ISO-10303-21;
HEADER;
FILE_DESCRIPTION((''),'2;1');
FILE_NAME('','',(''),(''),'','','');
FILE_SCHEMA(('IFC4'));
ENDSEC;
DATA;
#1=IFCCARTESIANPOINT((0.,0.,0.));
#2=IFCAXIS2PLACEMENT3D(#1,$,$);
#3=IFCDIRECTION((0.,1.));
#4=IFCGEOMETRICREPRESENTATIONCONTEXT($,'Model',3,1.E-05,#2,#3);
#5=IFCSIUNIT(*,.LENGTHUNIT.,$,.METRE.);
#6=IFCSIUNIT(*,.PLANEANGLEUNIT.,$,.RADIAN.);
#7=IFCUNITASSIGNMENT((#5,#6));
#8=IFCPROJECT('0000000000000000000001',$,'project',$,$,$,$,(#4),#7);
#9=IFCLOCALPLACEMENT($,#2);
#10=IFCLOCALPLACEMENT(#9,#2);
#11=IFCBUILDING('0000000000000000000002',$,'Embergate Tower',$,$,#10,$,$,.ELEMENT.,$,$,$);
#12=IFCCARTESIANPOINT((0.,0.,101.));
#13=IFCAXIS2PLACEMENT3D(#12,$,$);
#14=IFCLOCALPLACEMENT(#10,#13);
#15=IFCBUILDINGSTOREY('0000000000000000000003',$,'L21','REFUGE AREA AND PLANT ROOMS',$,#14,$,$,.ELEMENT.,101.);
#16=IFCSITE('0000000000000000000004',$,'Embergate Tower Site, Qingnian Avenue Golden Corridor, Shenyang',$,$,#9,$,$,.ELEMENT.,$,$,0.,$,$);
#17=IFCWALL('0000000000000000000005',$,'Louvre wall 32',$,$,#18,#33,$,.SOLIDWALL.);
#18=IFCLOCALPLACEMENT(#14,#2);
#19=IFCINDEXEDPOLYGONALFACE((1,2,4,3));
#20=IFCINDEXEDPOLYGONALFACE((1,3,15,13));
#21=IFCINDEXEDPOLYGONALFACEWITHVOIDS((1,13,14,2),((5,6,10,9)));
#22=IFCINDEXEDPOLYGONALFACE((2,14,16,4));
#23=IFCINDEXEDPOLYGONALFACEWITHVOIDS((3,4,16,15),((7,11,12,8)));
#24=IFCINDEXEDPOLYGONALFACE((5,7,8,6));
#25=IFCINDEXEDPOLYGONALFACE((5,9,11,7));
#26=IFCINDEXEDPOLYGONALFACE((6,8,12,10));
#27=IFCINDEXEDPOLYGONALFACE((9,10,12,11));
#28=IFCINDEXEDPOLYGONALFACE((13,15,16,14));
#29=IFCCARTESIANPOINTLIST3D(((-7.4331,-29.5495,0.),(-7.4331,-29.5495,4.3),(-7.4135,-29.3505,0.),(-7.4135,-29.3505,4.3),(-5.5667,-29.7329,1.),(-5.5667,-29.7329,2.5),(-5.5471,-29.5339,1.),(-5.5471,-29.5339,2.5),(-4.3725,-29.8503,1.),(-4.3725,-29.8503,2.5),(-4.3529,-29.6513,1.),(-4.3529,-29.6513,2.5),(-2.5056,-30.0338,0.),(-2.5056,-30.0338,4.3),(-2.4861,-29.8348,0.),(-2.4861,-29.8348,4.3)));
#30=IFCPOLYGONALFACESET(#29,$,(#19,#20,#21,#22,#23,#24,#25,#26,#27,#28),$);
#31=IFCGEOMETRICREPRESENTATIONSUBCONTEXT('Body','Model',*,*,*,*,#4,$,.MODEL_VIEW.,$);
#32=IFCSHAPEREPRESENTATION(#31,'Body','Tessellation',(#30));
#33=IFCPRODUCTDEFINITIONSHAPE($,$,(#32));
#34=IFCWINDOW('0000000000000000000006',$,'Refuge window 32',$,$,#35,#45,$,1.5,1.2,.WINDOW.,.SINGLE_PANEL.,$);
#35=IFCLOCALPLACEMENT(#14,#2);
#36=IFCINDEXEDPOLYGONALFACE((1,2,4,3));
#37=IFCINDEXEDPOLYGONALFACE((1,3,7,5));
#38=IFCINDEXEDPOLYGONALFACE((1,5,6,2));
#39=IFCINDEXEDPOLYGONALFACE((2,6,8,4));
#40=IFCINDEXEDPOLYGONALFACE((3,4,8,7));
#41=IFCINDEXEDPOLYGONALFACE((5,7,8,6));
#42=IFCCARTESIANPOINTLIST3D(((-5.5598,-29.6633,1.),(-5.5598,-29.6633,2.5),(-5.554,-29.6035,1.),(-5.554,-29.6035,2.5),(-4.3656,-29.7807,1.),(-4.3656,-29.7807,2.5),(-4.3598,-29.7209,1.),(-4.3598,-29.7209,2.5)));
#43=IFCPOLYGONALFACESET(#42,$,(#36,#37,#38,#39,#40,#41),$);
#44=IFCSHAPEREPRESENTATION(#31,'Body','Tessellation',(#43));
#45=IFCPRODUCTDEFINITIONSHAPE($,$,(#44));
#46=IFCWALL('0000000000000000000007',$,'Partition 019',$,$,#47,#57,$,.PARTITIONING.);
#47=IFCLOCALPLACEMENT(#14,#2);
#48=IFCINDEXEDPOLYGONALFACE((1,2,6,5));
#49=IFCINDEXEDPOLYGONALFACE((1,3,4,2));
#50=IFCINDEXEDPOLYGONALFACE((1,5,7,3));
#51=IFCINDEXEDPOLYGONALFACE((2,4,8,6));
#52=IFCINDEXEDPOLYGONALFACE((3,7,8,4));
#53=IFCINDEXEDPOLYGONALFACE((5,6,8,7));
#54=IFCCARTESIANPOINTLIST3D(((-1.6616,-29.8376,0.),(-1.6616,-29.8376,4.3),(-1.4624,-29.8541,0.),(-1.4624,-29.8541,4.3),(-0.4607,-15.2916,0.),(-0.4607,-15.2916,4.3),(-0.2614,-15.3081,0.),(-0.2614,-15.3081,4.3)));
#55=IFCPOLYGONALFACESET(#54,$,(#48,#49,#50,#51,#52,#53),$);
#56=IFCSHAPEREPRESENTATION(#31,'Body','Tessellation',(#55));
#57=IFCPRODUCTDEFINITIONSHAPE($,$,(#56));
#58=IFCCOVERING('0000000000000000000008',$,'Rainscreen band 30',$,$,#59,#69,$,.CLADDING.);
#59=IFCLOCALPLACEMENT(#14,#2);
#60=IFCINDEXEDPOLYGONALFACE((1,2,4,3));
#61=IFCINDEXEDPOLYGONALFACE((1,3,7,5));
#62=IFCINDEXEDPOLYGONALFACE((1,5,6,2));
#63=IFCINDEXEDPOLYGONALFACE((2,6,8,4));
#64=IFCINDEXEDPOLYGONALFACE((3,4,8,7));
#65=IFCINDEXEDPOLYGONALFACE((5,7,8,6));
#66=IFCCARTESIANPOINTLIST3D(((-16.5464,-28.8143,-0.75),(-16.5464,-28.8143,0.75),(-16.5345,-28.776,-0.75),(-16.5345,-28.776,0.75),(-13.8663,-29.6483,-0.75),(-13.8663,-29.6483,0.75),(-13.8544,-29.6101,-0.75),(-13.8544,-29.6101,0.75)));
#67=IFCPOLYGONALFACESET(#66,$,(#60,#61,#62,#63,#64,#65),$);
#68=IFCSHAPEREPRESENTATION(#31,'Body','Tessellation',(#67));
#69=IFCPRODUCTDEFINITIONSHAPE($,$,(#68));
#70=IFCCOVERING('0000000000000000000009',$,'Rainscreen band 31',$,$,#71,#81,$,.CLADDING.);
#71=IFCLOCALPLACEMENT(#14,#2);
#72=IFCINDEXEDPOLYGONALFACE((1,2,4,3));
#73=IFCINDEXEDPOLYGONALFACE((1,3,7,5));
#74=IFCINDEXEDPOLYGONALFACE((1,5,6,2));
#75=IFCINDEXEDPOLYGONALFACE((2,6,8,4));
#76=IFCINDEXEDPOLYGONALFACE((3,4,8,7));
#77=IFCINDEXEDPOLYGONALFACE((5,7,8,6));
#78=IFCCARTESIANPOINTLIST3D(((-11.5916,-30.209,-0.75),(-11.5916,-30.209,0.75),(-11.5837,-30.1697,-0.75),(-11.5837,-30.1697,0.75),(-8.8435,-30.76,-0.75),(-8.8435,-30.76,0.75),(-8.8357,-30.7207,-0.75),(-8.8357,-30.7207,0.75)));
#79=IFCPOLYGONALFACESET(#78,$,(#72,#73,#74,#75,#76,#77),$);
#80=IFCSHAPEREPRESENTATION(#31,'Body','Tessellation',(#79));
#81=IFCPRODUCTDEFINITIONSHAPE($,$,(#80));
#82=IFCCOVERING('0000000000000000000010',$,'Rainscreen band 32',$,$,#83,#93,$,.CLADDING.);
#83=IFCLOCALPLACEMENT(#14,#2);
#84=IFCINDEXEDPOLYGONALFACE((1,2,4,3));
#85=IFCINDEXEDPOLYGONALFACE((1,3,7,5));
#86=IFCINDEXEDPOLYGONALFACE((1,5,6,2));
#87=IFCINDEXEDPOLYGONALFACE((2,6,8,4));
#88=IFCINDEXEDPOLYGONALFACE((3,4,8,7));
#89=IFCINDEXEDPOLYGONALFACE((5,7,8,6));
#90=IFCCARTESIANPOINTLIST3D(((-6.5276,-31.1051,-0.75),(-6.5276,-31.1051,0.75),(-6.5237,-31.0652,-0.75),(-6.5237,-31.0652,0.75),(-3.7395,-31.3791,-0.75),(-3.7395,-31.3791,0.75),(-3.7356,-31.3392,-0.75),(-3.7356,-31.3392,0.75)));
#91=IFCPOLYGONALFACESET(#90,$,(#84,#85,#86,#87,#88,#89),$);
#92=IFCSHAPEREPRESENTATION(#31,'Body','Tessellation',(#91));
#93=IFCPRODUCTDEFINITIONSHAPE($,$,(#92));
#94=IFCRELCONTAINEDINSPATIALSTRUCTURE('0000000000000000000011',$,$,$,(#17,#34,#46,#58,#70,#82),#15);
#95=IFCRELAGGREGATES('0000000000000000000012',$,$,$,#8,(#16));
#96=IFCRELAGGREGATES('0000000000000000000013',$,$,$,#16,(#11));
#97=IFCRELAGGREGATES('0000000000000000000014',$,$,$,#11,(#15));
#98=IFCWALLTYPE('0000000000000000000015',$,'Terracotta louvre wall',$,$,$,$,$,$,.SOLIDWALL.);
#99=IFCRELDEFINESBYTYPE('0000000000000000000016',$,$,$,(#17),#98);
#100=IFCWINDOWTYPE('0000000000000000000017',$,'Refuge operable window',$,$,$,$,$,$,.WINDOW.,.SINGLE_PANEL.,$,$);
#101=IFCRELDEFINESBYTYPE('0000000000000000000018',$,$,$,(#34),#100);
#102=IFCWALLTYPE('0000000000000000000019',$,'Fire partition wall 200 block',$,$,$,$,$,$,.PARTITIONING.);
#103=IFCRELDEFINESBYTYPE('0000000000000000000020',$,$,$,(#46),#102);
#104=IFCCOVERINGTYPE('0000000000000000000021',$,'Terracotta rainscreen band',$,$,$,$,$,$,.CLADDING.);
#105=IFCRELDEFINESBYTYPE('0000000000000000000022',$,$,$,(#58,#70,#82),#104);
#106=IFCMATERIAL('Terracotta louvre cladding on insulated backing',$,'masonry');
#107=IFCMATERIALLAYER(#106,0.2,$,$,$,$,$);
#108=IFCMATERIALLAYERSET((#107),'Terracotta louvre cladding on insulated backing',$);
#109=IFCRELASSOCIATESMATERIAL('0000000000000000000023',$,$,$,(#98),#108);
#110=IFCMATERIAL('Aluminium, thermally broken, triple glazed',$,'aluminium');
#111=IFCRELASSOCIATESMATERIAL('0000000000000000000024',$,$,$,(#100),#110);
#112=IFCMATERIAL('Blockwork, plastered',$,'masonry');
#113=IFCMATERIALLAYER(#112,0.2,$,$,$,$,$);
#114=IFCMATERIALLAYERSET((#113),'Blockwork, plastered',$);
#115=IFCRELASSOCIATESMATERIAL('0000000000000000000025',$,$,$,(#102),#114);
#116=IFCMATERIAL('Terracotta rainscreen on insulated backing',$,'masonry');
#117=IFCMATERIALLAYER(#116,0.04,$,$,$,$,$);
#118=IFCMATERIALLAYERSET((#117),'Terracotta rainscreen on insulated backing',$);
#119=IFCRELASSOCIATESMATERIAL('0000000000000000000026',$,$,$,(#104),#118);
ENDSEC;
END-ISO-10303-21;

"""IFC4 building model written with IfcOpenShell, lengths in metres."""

from ifc_helpers import new_model, si_unit, direction, frame, frame_2d, origin, origin_2d, place, context, subcontext, project, spatial, rectangle, extrude, source, transform, mapped, material, layer, layer_set, type_object, element, fill, save


model = new_model("IFC4")

# Units and contexts
model_context = context("Model", 3, precision=1e-05, world=origin(), true_north=direction((0.0, 1.0)))
body_context = subcontext(model_context, "Body", "Model", "MODEL_VIEW")
ifc_project = project(units=[si_unit("LENGTHUNIT", "METRE"), si_unit("PLANEANGLEUNIT", "RADIAN")], contexts=[model_context])

# Site, building, storey
site_placement = place(None, origin())
site = spatial("IfcSite", under=ifc_project, at=site_placement, Name="Embergate Tower Site, Qingnian Avenue Golden Corridor, Shenyang", CompositionType="ELEMENT", RefElevation=0.0)
building_placement = place(site_placement, origin())
building = spatial("IfcBuilding", under=site, at=building_placement, Name="Embergate Tower", CompositionType="ELEMENT")
storey_placement = place(building_placement, frame((0.0, 0.0, 101.0)))
storey = spatial("IfcBuildingStorey", under=building, at=storey_placement, Name="L21", Description="REFUGE AREA AND PLANT ROOMS", CompositionType="ELEMENT", Elevation=101.0)

# Wall, opening, window
ifc_material_1 = material(Name="Terracotta louvre cladding on insulated backing", Category="masonry")
ifc_layer_1 = layer(ifc_material_1, 0.2)
ifc_layer_set_1 = layer_set([ifc_layer_1], Name="Terracotta louvre cladding on insulated backing")
wall_type_1 = type_object("IfcWallType", Name="Terracotta louvre wall", PredefinedType="SOLIDWALL", material=ifc_layer_set_1)
shared_shape_1 = source(origin(), body_context, "Body", "SweptSolid", [
    extrude(rectangle(XDim=1.2, YDim=1.5, at=frame_2d((0.6001, 0.75))), frame((0.0, 0.1099, 0.0), z_axis=(0.0, -1.0, 0.0), x_axis=(1.0, 0.0, 0.0)), (0.0, 0.0, 1.0), 0.22),
])
ifc_material_2 = material(Name="Aluminium, thermally broken, triple glazed", Category="aluminium")
window_type = type_object("IfcWindowType", Name="Refuge operable window", PartitioningType="SINGLE_PANEL", PredefinedType="WINDOW", material=ifc_material_2)
shared_shape_2 = source(origin(), body_context, "Body", "SweptSolid", [
    extrude(rectangle(XDim=1.2, YDim=1.5, at=frame_2d((0.6001, 0.75))), frame((0.0, 0.03, 0.0), z_axis=(0.0, -1.0, 0.0), x_axis=(1.0, 0.0, 0.0)), (0.0, 0.0, 1.0), 0.0601),
])
shared_shape_3 = source(origin(), body_context, "Body", "SweptSolid", [
    extrude(rectangle(XDim=4.9512, YDim=0.2, at=frame_2d((2.4756, 0.0))), origin(), (0.0, 0.0, 1.0), 4.3),
])
wall_1_placement = place(storey_placement, frame((-2.4958, -29.9343, 0.0), z_axis=(0.0, 0.0, 1.0), x_axis=(-0.995203, 0.097829, 0.0)))
wall_1 = element("IfcWall", 1, at=wall_1_placement, inside=storey, type_object=wall_type_1, Name="Louvre wall 32", PredefinedType="SOLIDWALL", context=body_context, shape_type="MappedRepresentation", body=[
    mapped(shared_shape_3, transform((0.0, 0.0, 0.0))),
])
opening_1_placement = place(wall_1_placement, frame((1.8757, 0.0, 1.0)))
opening_1 = element("IfcOpeningElement", 2, at=opening_1_placement, cuts=wall_1, PredefinedType="OPENING", context=body_context, shape_type="MappedRepresentation", body=[
    mapped(shared_shape_1, transform((0.0, 0.0, 0.0))),
])
window_1_placement = place(opening_1_placement, origin())
window_1 = element("IfcWindow", 3, at=window_1_placement, inside=storey, type_object=window_type, Name="Refuge window 32", OverallHeight=1.5, OverallWidth=1.2, PartitioningType="SINGLE_PANEL", PredefinedType="WINDOW", context=body_context, shape_type="MappedRepresentation", body=[
    mapped(shared_shape_2, transform((0.0, 0.0, 0.0))),
])
fill(opening_1, window_1)

# Wall
ifc_material_3 = material(Name="Blockwork, plastered", Category="masonry")
ifc_layer_2 = layer(ifc_material_3, 0.2)
ifc_layer_set_2 = layer_set([ifc_layer_2], Name="Blockwork, plastered")
wall_type_2 = type_object("IfcWallType", Name="Fire partition wall 200 block", PredefinedType="PARTITIONING", material=ifc_layer_set_2)
shared_shape_4 = source(origin(), body_context, "Body", "SweptSolid", [
    extrude(rectangle(XDim=14.5955, YDim=0.2, at=frame_2d((7.2979, 0.0))), origin(), (0.0, 0.0, 1.0), 4.3),
])
wall_2_placement = place(storey_placement, frame((-1.562, -29.8459, 0.0), z_axis=(0.0, 0.0, 1.0), x_axis=(0.082281, 0.996609, 0.0)))
element("IfcWall", 4, at=wall_2_placement, inside=storey, type_object=wall_type_2, Name="Partition 019", PredefinedType="PARTITIONING", context=body_context, shape_type="MappedRepresentation", body=[
    mapped(shared_shape_4, transform((0.0, 0.0, 0.0))),
])

# Coverings
ifc_material_4 = material(Name="Terracotta rainscreen on insulated backing", Category="masonry")
ifc_layer_3 = layer(ifc_material_4, 0.04)
ifc_layer_set_3 = layer_set([ifc_layer_3], Name="Terracotta rainscreen on insulated backing")
covering_type = type_object("IfcCoveringType", Name="Terracotta rainscreen band", PredefinedType="CLADDING", material=ifc_layer_set_3)
shared_shape_5 = source(origin(), body_context, "Body", "SweptSolid", [
    extrude(rectangle(XDim=2.8069, YDim=0.04, at=origin_2d()), origin(), (0.0, 0.0, 1.0), 1.5),
])
covering_1_placement = place(storey_placement, frame((-15.2004, -29.2122, -0.75), z_axis=(0.0, 0.0, 1.0), x_axis=(0.954834, -0.297138, 0.0)))
element("IfcCovering", 5, at=covering_1_placement, inside=storey, type_object=covering_type, Name="Rainscreen band 30", PredefinedType="CLADDING", context=body_context, shape_type="MappedRepresentation", body=[
    mapped(shared_shape_5, transform((0.0, 0.0, 0.0))),
])
shared_shape_6 = source(origin(), body_context, "Body", "SweptSolid", [
    extrude(rectangle(XDim=2.8027, YDim=0.04, at=origin_2d()), origin(), (0.0, 0.0, 1.0), 1.5),
])
covering_2_placement = place(storey_placement, frame((-10.2136, -30.4648, -0.75), z_axis=(0.0, 0.0, 1.0), x_axis=(0.980484, -0.196596, 0.0)))
element("IfcCovering", 6, at=covering_2_placement, inside=storey, type_object=covering_type, Name="Rainscreen band 31", PredefinedType="CLADDING", context=body_context, shape_type="MappedRepresentation", body=[
    mapped(shared_shape_6, transform((0.0, 0.0, 0.0))),
])
shared_shape_7 = source(origin(), body_context, "Body", "SweptSolid", [
    extrude(rectangle(XDim=2.8015, YDim=0.04, at=origin_2d()), origin(), (0.0, 0.0, 1.0), 1.5),
])
covering_3_placement = place(storey_placement, frame((-5.1316, -31.2222, -0.75), z_axis=(0.0, 0.0, 1.0), x_axis=(0.995205, -0.097807, 0.0)))
element("IfcCovering", 7, at=covering_3_placement, inside=storey, type_object=covering_type, Name="Rainscreen band 32", PredefinedType="CLADDING", context=body_context, shape_type="MappedRepresentation", body=[
    mapped(shared_shape_7, transform((0.0, 0.0, 0.0))),
])

save(model, "model.ifc")
